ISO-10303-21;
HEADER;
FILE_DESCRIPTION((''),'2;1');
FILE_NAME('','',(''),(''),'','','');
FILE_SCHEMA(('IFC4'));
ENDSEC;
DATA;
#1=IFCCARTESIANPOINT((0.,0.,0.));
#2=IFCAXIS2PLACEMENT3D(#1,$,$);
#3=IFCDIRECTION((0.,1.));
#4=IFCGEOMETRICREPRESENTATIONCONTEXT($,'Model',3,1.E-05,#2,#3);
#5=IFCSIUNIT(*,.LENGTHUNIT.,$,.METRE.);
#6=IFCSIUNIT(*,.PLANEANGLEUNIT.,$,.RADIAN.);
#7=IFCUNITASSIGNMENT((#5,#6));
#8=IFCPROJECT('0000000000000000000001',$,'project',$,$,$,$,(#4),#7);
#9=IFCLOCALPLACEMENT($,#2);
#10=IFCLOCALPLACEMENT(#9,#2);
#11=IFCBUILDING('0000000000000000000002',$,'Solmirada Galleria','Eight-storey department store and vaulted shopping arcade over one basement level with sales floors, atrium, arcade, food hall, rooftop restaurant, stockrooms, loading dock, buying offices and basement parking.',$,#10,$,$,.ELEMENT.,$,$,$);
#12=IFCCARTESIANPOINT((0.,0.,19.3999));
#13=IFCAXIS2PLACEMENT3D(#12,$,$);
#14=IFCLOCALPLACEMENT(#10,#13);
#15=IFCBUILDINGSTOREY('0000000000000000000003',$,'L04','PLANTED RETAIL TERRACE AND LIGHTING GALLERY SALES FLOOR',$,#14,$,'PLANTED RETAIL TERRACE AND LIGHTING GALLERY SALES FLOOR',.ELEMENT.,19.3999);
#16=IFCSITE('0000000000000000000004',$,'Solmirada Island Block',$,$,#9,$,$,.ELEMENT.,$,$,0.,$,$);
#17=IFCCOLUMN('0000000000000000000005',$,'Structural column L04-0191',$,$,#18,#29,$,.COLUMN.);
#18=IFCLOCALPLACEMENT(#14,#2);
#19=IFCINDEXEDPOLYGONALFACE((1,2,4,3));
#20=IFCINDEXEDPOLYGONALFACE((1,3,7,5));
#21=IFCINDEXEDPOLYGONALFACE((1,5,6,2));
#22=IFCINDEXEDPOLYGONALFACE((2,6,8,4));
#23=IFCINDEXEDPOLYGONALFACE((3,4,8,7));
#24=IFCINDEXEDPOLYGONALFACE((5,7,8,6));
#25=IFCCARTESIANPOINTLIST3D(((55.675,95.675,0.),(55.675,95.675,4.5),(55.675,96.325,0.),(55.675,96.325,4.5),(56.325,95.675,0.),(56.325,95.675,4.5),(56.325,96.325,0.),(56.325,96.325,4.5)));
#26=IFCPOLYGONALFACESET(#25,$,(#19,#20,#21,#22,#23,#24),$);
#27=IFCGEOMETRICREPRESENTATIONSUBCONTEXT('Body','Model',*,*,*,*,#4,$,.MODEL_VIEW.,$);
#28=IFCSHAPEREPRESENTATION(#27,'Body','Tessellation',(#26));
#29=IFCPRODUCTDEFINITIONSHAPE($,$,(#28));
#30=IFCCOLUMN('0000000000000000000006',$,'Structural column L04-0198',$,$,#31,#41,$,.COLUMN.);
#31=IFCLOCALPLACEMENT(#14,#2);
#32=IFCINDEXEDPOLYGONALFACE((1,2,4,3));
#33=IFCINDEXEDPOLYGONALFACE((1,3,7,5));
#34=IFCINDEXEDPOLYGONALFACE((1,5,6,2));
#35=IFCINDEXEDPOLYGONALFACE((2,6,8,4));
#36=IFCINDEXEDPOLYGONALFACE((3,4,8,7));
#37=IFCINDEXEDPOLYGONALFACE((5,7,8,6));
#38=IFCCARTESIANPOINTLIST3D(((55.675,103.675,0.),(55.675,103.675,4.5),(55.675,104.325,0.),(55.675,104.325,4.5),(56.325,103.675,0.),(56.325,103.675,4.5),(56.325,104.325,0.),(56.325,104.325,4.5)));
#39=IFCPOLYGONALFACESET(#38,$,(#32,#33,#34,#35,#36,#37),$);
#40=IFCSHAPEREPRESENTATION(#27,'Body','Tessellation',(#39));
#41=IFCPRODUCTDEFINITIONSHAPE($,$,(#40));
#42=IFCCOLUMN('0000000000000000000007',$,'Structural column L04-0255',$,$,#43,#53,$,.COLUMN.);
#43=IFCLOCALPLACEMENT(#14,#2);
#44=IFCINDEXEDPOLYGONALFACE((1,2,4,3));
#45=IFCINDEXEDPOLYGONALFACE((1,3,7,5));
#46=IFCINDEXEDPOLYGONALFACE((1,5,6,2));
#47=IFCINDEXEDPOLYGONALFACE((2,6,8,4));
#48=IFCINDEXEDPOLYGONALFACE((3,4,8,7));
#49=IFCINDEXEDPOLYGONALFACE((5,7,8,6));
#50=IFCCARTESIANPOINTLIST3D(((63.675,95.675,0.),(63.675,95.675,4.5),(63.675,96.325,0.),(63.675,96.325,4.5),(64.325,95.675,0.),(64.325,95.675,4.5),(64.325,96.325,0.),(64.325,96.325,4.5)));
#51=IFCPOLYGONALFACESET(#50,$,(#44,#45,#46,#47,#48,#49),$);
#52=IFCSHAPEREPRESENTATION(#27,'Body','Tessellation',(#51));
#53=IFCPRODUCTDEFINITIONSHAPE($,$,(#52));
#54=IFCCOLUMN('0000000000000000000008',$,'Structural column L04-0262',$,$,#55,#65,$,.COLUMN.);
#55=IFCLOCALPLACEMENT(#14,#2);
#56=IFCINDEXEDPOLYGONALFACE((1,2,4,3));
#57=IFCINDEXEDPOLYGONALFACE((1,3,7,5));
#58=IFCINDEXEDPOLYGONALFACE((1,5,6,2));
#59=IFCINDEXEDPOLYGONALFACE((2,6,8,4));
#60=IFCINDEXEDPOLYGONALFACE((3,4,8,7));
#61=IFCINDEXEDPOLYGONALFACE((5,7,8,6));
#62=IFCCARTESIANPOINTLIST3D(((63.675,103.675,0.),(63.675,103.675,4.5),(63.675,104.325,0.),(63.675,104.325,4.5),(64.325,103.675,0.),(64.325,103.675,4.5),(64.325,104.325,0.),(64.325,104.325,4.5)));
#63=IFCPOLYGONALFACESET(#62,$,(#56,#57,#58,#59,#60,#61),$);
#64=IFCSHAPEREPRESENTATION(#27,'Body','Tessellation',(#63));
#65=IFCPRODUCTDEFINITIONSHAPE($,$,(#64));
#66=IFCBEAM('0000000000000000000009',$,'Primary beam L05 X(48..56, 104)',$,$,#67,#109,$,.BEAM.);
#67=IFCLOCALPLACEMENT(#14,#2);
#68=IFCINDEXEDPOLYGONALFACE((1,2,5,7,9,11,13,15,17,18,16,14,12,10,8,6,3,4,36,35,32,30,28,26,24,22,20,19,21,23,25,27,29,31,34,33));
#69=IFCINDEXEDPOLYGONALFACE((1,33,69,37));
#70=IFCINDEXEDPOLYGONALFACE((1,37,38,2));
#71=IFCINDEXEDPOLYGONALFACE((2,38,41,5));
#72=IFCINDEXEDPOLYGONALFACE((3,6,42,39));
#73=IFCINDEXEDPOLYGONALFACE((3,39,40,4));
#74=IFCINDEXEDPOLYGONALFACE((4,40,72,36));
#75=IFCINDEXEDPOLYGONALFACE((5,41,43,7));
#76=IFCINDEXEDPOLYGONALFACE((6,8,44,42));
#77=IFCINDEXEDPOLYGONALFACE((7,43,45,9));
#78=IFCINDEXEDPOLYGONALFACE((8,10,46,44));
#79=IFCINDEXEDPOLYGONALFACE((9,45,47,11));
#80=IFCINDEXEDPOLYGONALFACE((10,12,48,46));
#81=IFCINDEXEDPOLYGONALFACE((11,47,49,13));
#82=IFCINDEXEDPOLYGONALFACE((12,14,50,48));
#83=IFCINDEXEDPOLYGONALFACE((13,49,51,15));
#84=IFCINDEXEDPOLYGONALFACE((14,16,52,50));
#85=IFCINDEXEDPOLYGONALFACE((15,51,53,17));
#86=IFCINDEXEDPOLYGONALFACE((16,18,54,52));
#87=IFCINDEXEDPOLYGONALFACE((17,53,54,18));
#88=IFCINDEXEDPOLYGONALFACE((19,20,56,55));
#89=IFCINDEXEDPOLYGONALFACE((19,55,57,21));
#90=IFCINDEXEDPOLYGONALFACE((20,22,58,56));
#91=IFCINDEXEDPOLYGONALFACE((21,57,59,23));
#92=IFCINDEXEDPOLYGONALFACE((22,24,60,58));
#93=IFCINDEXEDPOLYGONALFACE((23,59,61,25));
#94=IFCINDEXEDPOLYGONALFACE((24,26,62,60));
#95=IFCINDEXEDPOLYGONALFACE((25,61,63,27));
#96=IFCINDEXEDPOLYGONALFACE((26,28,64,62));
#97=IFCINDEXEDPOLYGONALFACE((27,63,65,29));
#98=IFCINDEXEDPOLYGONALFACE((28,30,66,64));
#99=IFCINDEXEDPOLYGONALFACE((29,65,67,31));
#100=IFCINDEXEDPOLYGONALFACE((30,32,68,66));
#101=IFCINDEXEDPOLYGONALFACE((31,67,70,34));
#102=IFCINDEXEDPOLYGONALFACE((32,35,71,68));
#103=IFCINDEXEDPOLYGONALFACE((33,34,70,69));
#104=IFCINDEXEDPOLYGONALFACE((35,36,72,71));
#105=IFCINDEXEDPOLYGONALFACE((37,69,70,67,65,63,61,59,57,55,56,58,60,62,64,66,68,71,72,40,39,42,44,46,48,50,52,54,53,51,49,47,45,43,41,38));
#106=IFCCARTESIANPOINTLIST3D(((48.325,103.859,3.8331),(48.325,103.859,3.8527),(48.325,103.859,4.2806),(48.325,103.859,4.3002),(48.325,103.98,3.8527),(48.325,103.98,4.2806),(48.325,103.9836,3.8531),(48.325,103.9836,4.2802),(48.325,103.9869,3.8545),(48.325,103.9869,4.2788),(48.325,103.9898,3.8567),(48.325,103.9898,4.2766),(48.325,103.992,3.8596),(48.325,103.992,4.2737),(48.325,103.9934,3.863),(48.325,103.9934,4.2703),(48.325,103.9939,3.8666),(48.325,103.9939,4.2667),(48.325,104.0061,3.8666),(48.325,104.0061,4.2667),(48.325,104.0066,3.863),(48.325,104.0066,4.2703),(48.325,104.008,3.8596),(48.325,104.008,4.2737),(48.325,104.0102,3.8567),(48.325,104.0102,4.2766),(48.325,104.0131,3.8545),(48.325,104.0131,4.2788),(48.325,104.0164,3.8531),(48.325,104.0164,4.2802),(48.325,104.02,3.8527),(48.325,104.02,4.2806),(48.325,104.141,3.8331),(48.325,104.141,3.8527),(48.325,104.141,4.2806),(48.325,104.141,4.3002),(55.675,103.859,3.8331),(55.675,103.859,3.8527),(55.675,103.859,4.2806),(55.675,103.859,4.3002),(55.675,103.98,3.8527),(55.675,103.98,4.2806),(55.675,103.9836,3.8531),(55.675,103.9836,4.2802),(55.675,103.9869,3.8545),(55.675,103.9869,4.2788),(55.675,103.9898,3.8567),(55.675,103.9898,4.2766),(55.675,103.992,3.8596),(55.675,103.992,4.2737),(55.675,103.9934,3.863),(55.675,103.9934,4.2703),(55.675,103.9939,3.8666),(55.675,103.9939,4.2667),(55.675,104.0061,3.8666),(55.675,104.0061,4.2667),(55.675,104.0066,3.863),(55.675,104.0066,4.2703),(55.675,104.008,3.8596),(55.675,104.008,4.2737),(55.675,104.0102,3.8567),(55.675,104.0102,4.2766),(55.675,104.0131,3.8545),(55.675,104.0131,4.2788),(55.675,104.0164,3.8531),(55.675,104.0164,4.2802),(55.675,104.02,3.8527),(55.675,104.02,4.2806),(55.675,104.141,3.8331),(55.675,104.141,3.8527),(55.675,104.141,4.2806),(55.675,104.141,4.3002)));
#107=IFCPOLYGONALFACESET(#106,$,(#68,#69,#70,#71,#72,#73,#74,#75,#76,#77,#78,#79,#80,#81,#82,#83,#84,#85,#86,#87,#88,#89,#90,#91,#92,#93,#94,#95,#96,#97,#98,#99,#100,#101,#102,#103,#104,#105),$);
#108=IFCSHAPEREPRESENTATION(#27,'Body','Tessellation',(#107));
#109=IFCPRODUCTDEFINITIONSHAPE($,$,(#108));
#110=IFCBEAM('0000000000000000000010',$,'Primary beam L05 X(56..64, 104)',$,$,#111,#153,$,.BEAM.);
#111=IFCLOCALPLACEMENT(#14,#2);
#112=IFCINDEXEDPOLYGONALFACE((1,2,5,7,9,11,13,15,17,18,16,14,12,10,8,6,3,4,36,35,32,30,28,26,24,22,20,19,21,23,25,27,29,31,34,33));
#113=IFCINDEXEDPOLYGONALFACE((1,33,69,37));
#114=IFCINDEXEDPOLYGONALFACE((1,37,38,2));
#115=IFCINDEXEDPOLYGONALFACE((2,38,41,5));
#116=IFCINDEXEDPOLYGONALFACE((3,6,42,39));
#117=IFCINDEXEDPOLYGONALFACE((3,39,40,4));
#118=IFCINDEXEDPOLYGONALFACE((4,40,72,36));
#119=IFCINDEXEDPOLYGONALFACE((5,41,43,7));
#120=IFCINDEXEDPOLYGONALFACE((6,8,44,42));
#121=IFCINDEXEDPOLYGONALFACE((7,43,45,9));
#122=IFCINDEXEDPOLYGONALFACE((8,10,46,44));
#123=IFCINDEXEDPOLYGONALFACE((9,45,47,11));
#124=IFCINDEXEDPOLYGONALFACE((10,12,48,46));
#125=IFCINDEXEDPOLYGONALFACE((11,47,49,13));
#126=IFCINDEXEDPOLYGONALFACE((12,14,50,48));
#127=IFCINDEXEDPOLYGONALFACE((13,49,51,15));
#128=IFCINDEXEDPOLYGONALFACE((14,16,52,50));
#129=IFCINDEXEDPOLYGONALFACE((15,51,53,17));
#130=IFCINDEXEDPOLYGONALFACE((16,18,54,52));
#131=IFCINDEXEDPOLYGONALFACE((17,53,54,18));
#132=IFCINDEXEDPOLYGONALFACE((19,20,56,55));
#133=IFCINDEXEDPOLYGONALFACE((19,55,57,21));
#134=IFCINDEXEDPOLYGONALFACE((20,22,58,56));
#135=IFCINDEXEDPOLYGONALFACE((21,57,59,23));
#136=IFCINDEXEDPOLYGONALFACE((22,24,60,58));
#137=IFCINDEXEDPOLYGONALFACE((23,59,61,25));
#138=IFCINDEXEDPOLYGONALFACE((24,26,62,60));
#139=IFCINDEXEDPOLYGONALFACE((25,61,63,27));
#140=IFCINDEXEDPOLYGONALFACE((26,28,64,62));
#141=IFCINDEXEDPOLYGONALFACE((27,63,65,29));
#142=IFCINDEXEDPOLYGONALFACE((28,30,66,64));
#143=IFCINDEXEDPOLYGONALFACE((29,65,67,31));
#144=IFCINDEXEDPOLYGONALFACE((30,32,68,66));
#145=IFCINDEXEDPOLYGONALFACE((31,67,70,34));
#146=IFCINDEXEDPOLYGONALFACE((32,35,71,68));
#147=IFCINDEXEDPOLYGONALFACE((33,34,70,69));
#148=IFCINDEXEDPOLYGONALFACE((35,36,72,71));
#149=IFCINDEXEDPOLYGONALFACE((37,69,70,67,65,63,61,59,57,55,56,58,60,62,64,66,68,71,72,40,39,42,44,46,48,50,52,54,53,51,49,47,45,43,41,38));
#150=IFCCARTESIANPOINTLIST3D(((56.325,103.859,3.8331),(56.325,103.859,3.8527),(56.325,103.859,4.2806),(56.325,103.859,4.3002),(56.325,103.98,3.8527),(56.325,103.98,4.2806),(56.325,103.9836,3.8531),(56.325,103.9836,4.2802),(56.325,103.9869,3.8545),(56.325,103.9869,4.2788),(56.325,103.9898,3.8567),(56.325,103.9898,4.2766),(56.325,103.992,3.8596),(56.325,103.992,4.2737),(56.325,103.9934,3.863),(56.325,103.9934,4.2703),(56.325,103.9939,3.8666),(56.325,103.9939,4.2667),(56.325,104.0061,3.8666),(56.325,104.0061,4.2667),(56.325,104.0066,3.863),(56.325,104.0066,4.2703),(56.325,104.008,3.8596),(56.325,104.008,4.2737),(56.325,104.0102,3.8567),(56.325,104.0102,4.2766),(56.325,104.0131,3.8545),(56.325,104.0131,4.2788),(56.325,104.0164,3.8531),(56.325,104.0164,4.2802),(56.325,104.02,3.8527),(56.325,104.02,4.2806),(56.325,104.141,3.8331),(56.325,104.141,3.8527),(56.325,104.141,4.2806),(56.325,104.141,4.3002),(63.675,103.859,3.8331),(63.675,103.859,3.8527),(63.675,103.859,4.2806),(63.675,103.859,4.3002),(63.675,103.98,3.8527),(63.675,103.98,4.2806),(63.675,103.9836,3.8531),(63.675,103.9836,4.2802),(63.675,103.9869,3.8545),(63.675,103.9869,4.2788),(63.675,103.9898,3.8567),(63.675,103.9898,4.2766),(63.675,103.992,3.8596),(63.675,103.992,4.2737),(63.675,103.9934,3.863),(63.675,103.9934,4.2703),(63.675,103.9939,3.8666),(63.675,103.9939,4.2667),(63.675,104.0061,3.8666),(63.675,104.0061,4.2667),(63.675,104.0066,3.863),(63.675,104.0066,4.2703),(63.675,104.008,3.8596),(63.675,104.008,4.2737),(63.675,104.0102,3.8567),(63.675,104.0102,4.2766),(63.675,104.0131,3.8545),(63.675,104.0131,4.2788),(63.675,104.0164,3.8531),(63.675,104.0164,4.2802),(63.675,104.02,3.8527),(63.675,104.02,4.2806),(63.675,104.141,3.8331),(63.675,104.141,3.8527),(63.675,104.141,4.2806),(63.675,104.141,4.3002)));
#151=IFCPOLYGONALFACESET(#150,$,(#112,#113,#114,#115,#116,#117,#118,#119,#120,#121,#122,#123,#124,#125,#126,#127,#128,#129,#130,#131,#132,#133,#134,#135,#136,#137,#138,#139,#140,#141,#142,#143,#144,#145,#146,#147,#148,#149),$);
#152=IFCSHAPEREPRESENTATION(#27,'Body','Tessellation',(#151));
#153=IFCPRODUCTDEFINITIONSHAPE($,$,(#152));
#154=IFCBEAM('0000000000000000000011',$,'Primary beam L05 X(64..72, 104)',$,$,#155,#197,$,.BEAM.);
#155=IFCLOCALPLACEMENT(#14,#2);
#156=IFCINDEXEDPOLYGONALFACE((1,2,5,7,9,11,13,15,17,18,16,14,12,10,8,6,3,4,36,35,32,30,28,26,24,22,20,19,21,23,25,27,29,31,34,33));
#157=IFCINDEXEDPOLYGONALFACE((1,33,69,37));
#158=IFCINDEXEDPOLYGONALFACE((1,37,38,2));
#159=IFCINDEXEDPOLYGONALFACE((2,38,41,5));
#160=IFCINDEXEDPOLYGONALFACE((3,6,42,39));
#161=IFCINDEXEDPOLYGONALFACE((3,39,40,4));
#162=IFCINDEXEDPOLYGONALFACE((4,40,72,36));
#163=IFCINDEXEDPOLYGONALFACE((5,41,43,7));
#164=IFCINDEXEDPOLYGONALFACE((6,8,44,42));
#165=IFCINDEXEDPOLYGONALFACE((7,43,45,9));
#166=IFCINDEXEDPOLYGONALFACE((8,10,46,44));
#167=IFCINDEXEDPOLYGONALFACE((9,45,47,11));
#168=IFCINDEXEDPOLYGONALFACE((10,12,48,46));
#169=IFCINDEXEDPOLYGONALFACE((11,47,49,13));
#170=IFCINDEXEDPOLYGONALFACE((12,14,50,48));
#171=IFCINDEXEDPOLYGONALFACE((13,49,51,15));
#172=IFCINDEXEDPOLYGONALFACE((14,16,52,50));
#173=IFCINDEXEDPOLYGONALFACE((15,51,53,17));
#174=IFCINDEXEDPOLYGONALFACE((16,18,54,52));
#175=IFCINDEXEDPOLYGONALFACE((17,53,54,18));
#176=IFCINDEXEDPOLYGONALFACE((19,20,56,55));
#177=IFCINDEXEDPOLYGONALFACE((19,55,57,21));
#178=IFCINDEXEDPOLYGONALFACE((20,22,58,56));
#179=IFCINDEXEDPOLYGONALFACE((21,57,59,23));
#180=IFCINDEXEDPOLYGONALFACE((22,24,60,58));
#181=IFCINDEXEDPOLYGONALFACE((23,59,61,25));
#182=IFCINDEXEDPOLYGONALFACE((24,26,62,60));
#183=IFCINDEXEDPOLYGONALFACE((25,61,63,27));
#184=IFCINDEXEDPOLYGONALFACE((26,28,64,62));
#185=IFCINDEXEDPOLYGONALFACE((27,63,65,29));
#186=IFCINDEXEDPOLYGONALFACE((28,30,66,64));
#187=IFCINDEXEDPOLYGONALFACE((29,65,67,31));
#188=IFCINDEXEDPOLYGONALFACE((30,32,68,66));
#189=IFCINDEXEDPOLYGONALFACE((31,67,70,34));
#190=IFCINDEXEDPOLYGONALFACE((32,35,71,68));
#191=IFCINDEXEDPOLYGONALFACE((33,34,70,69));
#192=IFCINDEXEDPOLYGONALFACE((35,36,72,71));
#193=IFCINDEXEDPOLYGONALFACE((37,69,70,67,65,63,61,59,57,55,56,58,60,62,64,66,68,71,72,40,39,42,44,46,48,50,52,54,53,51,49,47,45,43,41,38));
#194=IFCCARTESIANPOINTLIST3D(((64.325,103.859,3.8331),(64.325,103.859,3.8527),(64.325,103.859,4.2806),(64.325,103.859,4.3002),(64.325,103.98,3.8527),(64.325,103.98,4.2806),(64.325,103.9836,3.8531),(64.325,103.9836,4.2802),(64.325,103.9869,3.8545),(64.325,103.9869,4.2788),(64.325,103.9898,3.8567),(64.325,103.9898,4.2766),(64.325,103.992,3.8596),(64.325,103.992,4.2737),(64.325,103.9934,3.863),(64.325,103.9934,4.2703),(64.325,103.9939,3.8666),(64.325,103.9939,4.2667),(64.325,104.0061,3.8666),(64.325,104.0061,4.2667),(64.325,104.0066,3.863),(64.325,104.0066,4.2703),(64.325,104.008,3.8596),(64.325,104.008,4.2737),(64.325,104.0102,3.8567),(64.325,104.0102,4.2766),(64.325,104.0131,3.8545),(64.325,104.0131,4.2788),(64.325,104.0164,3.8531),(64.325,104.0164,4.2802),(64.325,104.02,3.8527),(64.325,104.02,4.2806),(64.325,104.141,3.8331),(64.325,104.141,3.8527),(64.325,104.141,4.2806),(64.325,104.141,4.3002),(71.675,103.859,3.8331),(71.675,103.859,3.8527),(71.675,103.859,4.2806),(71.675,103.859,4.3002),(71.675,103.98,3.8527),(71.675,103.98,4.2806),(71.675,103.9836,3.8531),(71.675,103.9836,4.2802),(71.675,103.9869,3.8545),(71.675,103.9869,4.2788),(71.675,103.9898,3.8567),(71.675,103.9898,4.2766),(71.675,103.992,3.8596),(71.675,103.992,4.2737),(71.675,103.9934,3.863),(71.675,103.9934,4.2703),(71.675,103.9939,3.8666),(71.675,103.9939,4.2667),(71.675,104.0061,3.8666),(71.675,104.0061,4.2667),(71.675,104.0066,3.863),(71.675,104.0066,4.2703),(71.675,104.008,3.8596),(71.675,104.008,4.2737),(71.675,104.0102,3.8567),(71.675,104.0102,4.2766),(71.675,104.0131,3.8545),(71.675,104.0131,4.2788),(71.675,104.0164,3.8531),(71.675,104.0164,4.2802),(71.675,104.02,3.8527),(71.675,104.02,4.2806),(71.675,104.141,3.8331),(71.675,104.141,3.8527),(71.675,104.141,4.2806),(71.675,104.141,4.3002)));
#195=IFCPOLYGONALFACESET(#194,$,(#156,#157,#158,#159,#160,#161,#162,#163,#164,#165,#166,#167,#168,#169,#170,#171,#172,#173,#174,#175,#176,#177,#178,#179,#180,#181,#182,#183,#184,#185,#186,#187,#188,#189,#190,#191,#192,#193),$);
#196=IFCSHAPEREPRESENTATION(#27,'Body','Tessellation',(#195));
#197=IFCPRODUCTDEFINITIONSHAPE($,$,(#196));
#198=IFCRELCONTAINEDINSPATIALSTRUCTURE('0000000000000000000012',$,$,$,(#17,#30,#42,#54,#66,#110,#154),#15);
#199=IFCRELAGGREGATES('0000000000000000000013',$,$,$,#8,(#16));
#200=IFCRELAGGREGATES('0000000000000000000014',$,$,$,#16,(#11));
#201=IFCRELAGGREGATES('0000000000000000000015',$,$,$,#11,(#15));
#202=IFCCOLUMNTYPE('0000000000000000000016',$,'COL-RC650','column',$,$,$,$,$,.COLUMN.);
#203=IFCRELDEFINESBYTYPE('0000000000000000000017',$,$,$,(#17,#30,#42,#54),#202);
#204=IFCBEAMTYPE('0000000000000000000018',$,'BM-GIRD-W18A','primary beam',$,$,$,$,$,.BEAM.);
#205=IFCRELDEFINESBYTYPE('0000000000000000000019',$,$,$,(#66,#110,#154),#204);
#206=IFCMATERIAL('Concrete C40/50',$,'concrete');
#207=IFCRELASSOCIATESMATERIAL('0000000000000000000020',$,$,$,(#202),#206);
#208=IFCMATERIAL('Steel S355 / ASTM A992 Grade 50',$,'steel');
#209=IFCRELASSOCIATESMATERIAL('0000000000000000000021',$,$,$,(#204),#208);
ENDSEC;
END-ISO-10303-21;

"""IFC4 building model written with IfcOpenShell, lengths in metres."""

from ifc_helpers import new_model, si_unit, direction, frame, origin, origin_2d, place, context, subcontext, project, spatial, rectangle, i_section, extrude, material, material_profile, profile_set, type_object, element, save


model = new_model("IFC4")

# Units and contexts
model_context = context("Model", 3, precision=1e-05, world=origin(), true_north=direction((0.0, 1.0)))
body_context = subcontext(model_context, "Body", "Model", "MODEL_VIEW")
ifc_project = project(units=[si_unit("LENGTHUNIT", "METRE"), si_unit("PLANEANGLEUNIT", "RADIAN")], contexts=[model_context])

# Site, building, storey
site_placement = place(None, origin())
site = spatial("IfcSite", under=ifc_project, at=site_placement, Name="Solmirada Island Block", CompositionType="ELEMENT", RefElevation=0.0)
building_placement = place(site_placement, origin())
building = spatial("IfcBuilding", under=site, at=building_placement, Name="Solmirada Galleria", Description="Eight-storey department store and vaulted shopping arcade over one basement level with sales floors, atrium, arcade, food hall, rooftop restaurant, stockrooms, loading dock, buying offices and basement parking.", CompositionType="ELEMENT")
storey_placement = place(building_placement, frame((0.0, 0.0, 19.3999)))
storey = spatial("IfcBuildingStorey", under=building, at=storey_placement, Name="L04", Description="PLANTED RETAIL TERRACE AND LIGHTING GALLERY SALES FLOOR", LongName="PLANTED RETAIL TERRACE AND LIGHTING GALLERY SALES FLOOR", CompositionType="ELEMENT", Elevation=19.3999)

# Columns
ifc_material_1 = material(Name="Concrete C40/50", Category="concrete")
ifc_material_profile_1 = material_profile(ifc_material_1, rectangle(XDim=0.6499, YDim=0.6499, at=origin_2d()), Name="RC650X650")
ifc_profile_set_1 = profile_set([ifc_material_profile_1], Name="Concrete C40/50")
column_type = type_object("IfcColumnType", Name="COL-RC650", Description="column", PredefinedType="COLUMN", material=ifc_profile_set_1)
for number, where, z_axis, x_axis, name in (
    (1, (56.0, 96.0, 0.0), (0.0, 0.0, 1.0), (1.0, 0.0, 0.0), "Structural column L04-0191"),
    (2, (56.0, 104.0, 0.0), (0.0, 0.0, 1.0), (1.0, 0.0, 0.0), "Structural column L04-0198"),
    (3, (64.0, 96.0, 0.0), (0.0, 0.0, 1.0), (1.0, 0.0, 0.0), "Structural column L04-0255"),
    (4, (64.0, 104.0, 0.0), (0.0, 0.0, 1.0), (1.0, 0.0, 0.0), "Structural column L04-0262"),
):
    element("IfcColumn", number, at=place(storey_placement, frame(where, z_axis=z_axis, x_axis=x_axis)), inside=storey, type_object=column_type, Name=name, PredefinedType="COLUMN", context=body_context, shape_type="SweptSolid", body=[
        extrude(rectangle(XDim=0.6499, YDim=0.6499, at=origin_2d()), origin(), (0.0, 0.0, 1.0), 4.5),
    ])

# Beams
ifc_material_2 = material(Name="Steel S355 / ASTM A992 Grade 50", Category="steel")
ifc_material_profile_2 = material_profile(ifc_material_2, i_section(OverallWidth=0.282, OverallDepth=0.467, WebThickness=0.0122, FlangeThickness=0.0195, FilletRadius=0.0139, at=origin_2d()), Name="W18X86")
ifc_profile_set_2 = profile_set([ifc_material_profile_2], Name="Steel S355 / ASTM A992 Grade 50")
beam_type_1 = type_object("IfcBeamType", Name="BM-GIRD-W18A", Description="primary beam", PredefinedType="BEAM", material=ifc_profile_set_2)
for number, where, z_axis, x_axis, name in (
    (5, (48.325, 104.0, 4.0667), (1.0, 0.0, 0.0), (0.0, 1.0, 0.0), "Primary beam L05 X(48..56, 104)"),
    (6, (56.325, 104.0, 4.0667), (1.0, 0.0, 0.0), (0.0, 1.0, 0.0), "Primary beam L05 X(56..64, 104)"),
    (7, (64.325, 104.0, 4.0667), (1.0, 0.0, 0.0), (0.0, 1.0, 0.0), "Primary beam L05 X(64..72, 104)"),
):
    element("IfcBeam", number, at=place(storey_placement, frame(where, z_axis=z_axis, x_axis=x_axis)), inside=storey, type_object=beam_type_1, Name=name, PredefinedType="BEAM", context=body_context, shape_type="SweptSolid", body=[
        extrude(i_section(OverallWidth=0.282, OverallDepth=0.467, WebThickness=0.0122, FlangeThickness=0.0195, FilletRadius=0.0139, at=origin_2d()), origin(), (0.0, 0.0, 1.0), 7.3501),
    ])

save(model, "model.ifc")
